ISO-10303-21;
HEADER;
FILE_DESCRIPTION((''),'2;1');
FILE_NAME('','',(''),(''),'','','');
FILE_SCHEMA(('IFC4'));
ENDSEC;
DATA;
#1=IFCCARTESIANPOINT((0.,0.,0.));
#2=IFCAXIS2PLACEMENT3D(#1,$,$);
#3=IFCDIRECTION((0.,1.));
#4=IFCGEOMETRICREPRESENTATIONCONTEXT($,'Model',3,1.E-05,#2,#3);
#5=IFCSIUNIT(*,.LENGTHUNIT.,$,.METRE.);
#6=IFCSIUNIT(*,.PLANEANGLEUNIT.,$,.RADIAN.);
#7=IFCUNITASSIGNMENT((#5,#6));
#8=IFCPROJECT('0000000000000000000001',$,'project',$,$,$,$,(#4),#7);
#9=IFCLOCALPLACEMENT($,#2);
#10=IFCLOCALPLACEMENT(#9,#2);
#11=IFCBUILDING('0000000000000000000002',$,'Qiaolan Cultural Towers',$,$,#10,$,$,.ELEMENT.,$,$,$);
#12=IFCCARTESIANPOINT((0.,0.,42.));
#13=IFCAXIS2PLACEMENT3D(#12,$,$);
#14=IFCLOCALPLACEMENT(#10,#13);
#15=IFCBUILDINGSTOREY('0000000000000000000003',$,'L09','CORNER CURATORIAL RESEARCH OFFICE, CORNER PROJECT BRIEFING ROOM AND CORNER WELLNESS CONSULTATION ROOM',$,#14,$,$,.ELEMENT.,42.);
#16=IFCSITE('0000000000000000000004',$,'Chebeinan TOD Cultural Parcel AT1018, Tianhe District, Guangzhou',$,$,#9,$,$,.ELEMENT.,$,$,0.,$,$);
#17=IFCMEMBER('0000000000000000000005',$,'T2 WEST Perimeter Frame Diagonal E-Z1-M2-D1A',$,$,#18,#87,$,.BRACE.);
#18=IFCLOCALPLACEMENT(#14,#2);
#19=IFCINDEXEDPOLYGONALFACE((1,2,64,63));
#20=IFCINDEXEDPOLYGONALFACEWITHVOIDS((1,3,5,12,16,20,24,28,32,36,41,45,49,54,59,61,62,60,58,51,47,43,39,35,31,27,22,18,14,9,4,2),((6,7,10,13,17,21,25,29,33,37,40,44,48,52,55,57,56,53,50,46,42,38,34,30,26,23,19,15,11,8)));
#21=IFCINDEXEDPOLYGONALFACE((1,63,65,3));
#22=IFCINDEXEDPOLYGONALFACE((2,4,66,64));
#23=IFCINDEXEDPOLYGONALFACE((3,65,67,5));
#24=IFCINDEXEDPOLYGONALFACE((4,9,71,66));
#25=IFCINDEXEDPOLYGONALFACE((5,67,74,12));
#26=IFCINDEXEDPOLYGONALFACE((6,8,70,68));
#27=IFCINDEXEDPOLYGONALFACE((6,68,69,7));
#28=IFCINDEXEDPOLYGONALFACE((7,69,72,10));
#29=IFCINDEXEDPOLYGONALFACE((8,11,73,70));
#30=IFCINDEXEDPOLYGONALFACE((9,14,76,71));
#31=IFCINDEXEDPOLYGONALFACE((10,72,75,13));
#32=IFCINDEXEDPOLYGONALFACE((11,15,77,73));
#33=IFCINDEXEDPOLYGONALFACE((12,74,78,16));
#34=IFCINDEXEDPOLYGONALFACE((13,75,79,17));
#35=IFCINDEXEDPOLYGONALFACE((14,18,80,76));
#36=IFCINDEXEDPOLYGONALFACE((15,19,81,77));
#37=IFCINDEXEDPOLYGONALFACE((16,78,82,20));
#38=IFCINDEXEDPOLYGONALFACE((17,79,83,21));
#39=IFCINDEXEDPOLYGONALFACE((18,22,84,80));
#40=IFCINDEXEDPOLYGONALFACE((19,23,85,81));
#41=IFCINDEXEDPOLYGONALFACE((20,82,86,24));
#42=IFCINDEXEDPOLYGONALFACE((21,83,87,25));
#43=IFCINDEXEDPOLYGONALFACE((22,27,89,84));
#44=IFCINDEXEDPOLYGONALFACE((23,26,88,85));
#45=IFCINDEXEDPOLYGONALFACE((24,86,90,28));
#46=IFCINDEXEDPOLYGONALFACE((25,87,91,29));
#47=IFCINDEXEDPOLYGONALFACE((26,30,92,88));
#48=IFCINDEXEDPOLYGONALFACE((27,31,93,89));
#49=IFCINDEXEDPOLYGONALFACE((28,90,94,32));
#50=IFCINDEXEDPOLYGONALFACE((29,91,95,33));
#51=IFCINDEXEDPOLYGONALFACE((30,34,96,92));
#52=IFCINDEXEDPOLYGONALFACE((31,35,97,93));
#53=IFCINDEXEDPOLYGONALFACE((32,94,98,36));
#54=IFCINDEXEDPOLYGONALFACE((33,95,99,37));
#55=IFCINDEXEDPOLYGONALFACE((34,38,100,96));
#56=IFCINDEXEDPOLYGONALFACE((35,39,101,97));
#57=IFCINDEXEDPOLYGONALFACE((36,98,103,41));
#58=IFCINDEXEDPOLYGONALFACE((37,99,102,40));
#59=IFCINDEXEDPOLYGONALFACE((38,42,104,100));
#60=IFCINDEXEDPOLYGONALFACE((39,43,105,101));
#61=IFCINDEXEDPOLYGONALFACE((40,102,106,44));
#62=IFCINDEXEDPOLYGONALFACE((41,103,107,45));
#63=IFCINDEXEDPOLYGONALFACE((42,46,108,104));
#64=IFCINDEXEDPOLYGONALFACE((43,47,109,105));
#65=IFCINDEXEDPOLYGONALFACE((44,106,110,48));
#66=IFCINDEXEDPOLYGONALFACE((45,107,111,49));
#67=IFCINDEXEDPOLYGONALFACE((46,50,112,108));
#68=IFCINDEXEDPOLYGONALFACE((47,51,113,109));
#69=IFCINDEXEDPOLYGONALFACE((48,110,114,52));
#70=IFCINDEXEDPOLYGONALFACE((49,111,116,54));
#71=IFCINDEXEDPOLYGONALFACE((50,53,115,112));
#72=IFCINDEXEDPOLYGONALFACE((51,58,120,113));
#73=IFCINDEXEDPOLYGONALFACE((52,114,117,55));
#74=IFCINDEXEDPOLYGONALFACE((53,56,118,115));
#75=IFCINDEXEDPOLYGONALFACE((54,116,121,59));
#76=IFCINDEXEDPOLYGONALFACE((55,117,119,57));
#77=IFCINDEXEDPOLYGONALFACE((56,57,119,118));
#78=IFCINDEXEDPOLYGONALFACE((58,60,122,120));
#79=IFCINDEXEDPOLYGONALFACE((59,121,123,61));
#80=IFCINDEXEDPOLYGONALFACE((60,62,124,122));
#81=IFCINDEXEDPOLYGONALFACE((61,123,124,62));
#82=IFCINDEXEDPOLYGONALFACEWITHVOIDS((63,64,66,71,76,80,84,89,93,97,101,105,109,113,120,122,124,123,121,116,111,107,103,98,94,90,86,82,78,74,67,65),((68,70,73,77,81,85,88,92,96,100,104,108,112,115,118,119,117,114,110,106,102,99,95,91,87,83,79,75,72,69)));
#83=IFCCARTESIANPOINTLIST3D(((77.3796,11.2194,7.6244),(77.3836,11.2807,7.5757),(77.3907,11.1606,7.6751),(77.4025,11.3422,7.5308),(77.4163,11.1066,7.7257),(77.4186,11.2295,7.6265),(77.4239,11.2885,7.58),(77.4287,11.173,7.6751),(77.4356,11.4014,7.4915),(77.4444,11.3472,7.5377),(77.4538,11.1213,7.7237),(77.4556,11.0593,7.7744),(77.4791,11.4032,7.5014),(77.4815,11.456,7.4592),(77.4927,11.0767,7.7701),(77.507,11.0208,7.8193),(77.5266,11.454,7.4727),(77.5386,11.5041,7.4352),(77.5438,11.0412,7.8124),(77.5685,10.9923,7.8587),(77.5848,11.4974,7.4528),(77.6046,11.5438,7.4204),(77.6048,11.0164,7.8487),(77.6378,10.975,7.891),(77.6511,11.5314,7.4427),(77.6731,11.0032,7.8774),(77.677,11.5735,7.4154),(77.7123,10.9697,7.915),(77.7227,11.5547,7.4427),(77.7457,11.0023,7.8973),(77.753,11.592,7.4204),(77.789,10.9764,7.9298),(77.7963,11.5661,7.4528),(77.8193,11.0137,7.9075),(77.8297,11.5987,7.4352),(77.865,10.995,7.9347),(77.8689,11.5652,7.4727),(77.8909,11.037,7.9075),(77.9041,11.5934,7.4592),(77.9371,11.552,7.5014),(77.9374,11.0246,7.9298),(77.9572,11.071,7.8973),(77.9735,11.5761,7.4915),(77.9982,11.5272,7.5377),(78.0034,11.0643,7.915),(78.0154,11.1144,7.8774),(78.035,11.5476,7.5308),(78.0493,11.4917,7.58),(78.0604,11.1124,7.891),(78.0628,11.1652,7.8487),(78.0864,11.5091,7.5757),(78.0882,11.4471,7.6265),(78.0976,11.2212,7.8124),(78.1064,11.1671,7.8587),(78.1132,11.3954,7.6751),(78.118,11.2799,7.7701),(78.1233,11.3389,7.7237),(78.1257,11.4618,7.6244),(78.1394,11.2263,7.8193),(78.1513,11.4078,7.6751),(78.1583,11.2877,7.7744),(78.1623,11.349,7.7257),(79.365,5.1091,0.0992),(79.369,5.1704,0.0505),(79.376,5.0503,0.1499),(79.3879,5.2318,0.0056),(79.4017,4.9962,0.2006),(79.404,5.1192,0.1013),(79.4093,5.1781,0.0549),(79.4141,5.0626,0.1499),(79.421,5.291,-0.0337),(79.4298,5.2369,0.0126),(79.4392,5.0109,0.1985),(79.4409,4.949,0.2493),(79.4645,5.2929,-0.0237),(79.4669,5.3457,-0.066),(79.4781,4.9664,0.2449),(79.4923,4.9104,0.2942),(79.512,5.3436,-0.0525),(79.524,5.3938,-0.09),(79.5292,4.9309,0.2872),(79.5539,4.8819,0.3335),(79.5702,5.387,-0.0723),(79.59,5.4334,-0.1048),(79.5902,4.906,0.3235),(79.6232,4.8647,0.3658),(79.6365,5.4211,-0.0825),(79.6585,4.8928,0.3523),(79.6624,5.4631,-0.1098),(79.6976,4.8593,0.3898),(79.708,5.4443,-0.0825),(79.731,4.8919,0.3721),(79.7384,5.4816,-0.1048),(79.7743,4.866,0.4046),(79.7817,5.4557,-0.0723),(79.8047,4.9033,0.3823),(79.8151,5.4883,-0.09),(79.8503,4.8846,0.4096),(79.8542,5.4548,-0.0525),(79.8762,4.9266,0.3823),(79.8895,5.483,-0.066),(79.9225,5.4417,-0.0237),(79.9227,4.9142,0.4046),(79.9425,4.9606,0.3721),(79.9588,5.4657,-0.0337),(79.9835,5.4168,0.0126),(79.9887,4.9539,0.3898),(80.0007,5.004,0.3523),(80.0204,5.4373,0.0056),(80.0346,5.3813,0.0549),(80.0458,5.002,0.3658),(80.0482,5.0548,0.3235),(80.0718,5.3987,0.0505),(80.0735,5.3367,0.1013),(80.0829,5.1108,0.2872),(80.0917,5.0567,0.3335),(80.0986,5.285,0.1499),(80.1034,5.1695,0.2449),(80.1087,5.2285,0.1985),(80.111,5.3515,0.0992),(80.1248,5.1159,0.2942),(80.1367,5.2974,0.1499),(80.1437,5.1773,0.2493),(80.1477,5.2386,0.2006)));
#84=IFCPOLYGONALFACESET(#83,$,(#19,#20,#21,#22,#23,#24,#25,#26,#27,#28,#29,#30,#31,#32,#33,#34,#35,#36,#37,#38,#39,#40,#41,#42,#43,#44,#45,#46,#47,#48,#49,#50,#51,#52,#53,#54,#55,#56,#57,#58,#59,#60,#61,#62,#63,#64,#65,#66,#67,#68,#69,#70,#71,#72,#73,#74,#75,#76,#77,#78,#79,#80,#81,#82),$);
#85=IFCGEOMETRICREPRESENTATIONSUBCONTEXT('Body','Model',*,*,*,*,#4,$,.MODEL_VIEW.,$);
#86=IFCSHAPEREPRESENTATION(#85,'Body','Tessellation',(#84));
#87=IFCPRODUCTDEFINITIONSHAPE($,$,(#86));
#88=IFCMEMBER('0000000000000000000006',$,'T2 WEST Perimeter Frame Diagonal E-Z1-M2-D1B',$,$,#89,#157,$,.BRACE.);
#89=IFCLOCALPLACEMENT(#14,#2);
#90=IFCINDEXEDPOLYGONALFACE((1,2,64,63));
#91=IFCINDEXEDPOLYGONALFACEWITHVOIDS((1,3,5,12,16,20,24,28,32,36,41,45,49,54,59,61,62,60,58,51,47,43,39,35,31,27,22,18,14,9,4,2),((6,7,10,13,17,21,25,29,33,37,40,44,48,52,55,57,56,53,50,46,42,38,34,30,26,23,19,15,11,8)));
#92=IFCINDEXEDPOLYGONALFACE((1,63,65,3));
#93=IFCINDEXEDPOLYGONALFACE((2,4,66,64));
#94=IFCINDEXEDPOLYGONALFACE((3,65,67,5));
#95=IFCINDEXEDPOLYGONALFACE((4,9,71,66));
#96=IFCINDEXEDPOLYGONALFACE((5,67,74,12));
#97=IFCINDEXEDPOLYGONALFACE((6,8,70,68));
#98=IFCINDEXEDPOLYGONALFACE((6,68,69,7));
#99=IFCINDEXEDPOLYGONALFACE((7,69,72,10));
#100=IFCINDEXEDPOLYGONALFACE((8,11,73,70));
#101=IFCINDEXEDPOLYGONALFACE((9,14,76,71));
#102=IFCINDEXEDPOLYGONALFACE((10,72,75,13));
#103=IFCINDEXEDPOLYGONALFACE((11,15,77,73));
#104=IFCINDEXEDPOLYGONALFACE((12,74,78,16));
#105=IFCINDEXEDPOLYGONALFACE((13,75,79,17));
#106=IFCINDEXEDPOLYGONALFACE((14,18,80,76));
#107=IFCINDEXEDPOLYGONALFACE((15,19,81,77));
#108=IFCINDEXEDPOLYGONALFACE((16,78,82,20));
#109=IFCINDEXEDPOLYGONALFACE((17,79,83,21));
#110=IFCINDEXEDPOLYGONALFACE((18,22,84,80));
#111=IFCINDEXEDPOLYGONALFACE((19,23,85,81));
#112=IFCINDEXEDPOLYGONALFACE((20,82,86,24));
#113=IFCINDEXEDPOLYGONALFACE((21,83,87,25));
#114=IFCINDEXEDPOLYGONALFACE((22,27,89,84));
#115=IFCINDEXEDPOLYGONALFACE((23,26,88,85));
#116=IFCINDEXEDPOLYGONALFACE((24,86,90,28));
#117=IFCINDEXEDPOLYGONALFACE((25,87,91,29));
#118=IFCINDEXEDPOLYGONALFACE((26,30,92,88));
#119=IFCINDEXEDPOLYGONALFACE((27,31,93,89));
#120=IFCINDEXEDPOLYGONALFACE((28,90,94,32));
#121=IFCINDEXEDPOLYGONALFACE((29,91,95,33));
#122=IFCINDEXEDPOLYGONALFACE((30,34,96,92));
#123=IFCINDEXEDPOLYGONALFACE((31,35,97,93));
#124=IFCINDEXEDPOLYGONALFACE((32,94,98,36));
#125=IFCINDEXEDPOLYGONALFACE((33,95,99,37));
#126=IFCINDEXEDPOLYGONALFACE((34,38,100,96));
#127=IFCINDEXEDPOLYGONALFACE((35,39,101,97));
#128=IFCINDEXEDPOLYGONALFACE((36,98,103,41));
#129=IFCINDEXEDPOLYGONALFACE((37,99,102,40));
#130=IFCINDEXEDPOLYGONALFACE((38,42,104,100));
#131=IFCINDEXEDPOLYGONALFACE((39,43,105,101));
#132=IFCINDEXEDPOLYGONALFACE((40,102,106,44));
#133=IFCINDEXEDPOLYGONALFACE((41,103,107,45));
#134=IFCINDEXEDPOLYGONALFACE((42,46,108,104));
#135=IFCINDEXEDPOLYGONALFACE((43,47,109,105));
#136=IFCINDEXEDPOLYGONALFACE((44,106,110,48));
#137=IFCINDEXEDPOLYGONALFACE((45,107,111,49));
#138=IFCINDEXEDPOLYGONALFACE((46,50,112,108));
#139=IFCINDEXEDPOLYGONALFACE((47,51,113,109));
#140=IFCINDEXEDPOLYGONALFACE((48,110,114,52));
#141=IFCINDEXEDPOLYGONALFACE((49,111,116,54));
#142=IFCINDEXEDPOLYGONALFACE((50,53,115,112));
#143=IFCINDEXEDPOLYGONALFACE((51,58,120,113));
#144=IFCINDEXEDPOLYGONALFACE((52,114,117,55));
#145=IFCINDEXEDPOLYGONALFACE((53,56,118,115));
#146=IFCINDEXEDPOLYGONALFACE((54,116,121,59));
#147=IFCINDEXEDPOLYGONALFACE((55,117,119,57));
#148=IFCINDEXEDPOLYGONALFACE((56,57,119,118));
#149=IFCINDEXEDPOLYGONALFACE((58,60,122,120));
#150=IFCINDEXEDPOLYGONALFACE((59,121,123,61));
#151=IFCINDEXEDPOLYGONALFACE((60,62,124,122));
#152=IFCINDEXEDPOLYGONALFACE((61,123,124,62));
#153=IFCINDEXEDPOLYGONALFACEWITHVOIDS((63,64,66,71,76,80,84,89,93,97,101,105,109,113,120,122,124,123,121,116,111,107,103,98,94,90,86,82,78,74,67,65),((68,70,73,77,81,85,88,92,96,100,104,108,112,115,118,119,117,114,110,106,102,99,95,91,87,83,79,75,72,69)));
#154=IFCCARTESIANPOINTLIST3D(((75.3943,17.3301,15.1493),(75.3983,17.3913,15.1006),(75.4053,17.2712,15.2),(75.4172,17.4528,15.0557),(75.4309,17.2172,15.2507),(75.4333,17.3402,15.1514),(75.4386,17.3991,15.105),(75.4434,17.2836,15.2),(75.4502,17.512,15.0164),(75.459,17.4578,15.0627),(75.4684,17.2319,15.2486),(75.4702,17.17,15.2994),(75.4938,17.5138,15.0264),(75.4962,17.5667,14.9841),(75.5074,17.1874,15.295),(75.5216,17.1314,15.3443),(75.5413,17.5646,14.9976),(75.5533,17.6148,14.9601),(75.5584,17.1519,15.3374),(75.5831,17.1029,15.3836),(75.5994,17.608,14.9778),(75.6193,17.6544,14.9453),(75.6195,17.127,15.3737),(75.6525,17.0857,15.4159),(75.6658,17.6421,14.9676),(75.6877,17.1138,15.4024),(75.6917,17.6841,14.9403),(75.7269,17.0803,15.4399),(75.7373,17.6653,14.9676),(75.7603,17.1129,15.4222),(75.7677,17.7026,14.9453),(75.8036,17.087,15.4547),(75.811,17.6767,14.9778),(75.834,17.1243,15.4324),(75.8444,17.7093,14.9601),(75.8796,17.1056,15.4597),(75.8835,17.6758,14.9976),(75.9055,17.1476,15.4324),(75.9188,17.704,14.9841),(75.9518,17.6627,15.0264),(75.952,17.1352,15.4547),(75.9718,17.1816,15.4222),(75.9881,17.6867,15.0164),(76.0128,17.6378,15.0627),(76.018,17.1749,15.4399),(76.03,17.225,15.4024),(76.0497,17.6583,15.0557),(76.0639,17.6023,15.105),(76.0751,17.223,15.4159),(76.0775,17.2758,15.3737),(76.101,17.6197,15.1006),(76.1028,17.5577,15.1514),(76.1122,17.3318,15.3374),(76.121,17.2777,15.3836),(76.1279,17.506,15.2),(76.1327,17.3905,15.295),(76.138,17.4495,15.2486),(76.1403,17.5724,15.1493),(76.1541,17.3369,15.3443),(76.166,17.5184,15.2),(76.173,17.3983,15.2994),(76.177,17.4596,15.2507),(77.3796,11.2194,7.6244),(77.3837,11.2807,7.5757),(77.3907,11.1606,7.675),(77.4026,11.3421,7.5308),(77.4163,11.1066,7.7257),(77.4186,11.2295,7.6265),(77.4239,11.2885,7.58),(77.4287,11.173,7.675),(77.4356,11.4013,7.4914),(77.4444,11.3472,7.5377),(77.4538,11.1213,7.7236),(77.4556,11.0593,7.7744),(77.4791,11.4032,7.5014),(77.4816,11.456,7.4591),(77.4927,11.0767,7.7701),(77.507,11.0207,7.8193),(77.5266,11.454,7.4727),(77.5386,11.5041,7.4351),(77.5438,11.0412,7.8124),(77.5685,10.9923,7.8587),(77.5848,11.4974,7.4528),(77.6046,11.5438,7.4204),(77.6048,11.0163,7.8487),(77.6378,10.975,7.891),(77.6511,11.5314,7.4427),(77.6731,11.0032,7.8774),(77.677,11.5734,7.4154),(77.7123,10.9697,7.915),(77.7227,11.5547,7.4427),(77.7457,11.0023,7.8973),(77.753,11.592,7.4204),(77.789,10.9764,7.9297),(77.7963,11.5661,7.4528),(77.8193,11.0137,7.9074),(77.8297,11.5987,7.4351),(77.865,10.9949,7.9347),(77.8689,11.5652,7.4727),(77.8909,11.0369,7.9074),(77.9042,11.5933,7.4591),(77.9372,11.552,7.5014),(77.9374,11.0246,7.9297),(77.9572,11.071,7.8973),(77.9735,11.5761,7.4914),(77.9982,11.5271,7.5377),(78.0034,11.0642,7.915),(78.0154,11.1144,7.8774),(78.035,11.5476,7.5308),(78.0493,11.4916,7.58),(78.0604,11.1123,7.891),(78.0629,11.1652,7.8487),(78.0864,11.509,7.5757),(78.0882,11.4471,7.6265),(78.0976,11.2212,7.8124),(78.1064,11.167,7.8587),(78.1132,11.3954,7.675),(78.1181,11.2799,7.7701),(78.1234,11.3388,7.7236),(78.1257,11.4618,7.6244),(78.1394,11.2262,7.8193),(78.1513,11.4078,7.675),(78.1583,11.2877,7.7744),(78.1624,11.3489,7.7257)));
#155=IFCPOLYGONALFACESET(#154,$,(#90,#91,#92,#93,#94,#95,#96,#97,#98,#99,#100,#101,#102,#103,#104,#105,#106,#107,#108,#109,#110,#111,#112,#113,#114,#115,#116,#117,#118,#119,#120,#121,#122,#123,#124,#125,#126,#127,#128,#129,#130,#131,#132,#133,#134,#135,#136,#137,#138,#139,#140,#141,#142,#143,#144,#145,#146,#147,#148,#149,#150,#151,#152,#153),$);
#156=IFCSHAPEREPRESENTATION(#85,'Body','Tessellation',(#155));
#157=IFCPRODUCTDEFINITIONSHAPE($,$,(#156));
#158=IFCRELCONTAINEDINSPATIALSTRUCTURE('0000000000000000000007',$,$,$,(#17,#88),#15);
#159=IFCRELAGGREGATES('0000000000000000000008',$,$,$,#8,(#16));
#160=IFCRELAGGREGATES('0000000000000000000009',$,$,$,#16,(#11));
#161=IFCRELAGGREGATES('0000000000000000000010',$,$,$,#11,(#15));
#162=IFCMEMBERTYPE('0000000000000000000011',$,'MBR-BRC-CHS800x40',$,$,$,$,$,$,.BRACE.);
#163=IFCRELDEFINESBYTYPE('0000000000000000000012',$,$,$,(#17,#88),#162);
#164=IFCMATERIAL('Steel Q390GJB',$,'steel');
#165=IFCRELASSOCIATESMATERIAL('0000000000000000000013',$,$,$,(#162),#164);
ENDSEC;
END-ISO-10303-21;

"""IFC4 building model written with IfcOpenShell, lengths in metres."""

from ifc_helpers import new_model, si_unit, direction, frame, origin, origin_2d, place, context, subcontext, project, spatial, hollow_circle, extrude, material, material_profile, profile_set, type_object, element, save


model = new_model("IFC4")

# Units and contexts
model_context = context("Model", 3, precision=1e-05, world=origin(), true_north=direction((0.0, 1.0)))
body_context = subcontext(model_context, "Body", "Model", "MODEL_VIEW")
ifc_project = project(units=[si_unit("LENGTHUNIT", "METRE"), si_unit("PLANEANGLEUNIT", "RADIAN")], contexts=[model_context])

# Site, building, storey
site_placement = place(None, origin())
site = spatial("IfcSite", under=ifc_project, at=site_placement, Name="Chebeinan TOD Cultural Parcel AT1018, Tianhe District, Guangzhou", CompositionType="ELEMENT", RefElevation=0.0)
building_placement = place(site_placement, origin())
building = spatial("IfcBuilding", under=site, at=building_placement, Name="Qiaolan Cultural Towers", CompositionType="ELEMENT")
storey_placement = place(building_placement, frame((0.0, 0.0, 42.0)))
storey = spatial("IfcBuildingStorey", under=building, at=storey_placement, Name="L09", Description="CORNER CURATORIAL RESEARCH OFFICE, CORNER PROJECT BRIEFING ROOM AND CORNER WELLNESS CONSULTATION ROOM", CompositionType="ELEMENT", Elevation=42.0)

# Members
ifc_material_1 = material(Name="Steel Q390GJB", Category="steel")
ifc_material_profile_1 = material_profile(ifc_material_1, hollow_circle(Radius=0.3999, WallThickness=0.04, at=origin_2d()), Name="CHS800x40")
ifc_profile_set_1 = profile_set([ifc_material_profile_1], Name="Steel Q390GJB")
member_type = type_object("IfcMemberType", Name="MBR-BRC-CHS800x40", PredefinedType="BRACE", material=ifc_profile_set_1)
for number, where, z_axis, x_axis, name in (
    (1, (79.7563, 5.1738, 0.1499), (-0.200647, 0.617535, 0.76052), (-0.951058, -0.309014, 0.0), "T2 WEST Perimeter Frame Diagonal E-Z1-M2-D1A"),
    (2, (77.771, 11.2842, 7.675), (-0.200648, 0.617562, 0.760498), (-0.951061, -0.309003, 0.0), "T2 WEST Perimeter Frame Diagonal E-Z1-M2-D1B"),
):
    element("IfcMember", number, at=place(storey_placement, frame(where, z_axis=z_axis, x_axis=x_axis)), inside=storey, type_object=member_type, Name=name, PredefinedType="BRACE", context=body_context, shape_type="SweptSolid", body=[
        extrude(hollow_circle(Radius=0.3999, WallThickness=0.04, at=origin_2d()), origin(), (0.0, 0.0, 1.0), 9.8948),
    ])

save(model, "model.ifc")
